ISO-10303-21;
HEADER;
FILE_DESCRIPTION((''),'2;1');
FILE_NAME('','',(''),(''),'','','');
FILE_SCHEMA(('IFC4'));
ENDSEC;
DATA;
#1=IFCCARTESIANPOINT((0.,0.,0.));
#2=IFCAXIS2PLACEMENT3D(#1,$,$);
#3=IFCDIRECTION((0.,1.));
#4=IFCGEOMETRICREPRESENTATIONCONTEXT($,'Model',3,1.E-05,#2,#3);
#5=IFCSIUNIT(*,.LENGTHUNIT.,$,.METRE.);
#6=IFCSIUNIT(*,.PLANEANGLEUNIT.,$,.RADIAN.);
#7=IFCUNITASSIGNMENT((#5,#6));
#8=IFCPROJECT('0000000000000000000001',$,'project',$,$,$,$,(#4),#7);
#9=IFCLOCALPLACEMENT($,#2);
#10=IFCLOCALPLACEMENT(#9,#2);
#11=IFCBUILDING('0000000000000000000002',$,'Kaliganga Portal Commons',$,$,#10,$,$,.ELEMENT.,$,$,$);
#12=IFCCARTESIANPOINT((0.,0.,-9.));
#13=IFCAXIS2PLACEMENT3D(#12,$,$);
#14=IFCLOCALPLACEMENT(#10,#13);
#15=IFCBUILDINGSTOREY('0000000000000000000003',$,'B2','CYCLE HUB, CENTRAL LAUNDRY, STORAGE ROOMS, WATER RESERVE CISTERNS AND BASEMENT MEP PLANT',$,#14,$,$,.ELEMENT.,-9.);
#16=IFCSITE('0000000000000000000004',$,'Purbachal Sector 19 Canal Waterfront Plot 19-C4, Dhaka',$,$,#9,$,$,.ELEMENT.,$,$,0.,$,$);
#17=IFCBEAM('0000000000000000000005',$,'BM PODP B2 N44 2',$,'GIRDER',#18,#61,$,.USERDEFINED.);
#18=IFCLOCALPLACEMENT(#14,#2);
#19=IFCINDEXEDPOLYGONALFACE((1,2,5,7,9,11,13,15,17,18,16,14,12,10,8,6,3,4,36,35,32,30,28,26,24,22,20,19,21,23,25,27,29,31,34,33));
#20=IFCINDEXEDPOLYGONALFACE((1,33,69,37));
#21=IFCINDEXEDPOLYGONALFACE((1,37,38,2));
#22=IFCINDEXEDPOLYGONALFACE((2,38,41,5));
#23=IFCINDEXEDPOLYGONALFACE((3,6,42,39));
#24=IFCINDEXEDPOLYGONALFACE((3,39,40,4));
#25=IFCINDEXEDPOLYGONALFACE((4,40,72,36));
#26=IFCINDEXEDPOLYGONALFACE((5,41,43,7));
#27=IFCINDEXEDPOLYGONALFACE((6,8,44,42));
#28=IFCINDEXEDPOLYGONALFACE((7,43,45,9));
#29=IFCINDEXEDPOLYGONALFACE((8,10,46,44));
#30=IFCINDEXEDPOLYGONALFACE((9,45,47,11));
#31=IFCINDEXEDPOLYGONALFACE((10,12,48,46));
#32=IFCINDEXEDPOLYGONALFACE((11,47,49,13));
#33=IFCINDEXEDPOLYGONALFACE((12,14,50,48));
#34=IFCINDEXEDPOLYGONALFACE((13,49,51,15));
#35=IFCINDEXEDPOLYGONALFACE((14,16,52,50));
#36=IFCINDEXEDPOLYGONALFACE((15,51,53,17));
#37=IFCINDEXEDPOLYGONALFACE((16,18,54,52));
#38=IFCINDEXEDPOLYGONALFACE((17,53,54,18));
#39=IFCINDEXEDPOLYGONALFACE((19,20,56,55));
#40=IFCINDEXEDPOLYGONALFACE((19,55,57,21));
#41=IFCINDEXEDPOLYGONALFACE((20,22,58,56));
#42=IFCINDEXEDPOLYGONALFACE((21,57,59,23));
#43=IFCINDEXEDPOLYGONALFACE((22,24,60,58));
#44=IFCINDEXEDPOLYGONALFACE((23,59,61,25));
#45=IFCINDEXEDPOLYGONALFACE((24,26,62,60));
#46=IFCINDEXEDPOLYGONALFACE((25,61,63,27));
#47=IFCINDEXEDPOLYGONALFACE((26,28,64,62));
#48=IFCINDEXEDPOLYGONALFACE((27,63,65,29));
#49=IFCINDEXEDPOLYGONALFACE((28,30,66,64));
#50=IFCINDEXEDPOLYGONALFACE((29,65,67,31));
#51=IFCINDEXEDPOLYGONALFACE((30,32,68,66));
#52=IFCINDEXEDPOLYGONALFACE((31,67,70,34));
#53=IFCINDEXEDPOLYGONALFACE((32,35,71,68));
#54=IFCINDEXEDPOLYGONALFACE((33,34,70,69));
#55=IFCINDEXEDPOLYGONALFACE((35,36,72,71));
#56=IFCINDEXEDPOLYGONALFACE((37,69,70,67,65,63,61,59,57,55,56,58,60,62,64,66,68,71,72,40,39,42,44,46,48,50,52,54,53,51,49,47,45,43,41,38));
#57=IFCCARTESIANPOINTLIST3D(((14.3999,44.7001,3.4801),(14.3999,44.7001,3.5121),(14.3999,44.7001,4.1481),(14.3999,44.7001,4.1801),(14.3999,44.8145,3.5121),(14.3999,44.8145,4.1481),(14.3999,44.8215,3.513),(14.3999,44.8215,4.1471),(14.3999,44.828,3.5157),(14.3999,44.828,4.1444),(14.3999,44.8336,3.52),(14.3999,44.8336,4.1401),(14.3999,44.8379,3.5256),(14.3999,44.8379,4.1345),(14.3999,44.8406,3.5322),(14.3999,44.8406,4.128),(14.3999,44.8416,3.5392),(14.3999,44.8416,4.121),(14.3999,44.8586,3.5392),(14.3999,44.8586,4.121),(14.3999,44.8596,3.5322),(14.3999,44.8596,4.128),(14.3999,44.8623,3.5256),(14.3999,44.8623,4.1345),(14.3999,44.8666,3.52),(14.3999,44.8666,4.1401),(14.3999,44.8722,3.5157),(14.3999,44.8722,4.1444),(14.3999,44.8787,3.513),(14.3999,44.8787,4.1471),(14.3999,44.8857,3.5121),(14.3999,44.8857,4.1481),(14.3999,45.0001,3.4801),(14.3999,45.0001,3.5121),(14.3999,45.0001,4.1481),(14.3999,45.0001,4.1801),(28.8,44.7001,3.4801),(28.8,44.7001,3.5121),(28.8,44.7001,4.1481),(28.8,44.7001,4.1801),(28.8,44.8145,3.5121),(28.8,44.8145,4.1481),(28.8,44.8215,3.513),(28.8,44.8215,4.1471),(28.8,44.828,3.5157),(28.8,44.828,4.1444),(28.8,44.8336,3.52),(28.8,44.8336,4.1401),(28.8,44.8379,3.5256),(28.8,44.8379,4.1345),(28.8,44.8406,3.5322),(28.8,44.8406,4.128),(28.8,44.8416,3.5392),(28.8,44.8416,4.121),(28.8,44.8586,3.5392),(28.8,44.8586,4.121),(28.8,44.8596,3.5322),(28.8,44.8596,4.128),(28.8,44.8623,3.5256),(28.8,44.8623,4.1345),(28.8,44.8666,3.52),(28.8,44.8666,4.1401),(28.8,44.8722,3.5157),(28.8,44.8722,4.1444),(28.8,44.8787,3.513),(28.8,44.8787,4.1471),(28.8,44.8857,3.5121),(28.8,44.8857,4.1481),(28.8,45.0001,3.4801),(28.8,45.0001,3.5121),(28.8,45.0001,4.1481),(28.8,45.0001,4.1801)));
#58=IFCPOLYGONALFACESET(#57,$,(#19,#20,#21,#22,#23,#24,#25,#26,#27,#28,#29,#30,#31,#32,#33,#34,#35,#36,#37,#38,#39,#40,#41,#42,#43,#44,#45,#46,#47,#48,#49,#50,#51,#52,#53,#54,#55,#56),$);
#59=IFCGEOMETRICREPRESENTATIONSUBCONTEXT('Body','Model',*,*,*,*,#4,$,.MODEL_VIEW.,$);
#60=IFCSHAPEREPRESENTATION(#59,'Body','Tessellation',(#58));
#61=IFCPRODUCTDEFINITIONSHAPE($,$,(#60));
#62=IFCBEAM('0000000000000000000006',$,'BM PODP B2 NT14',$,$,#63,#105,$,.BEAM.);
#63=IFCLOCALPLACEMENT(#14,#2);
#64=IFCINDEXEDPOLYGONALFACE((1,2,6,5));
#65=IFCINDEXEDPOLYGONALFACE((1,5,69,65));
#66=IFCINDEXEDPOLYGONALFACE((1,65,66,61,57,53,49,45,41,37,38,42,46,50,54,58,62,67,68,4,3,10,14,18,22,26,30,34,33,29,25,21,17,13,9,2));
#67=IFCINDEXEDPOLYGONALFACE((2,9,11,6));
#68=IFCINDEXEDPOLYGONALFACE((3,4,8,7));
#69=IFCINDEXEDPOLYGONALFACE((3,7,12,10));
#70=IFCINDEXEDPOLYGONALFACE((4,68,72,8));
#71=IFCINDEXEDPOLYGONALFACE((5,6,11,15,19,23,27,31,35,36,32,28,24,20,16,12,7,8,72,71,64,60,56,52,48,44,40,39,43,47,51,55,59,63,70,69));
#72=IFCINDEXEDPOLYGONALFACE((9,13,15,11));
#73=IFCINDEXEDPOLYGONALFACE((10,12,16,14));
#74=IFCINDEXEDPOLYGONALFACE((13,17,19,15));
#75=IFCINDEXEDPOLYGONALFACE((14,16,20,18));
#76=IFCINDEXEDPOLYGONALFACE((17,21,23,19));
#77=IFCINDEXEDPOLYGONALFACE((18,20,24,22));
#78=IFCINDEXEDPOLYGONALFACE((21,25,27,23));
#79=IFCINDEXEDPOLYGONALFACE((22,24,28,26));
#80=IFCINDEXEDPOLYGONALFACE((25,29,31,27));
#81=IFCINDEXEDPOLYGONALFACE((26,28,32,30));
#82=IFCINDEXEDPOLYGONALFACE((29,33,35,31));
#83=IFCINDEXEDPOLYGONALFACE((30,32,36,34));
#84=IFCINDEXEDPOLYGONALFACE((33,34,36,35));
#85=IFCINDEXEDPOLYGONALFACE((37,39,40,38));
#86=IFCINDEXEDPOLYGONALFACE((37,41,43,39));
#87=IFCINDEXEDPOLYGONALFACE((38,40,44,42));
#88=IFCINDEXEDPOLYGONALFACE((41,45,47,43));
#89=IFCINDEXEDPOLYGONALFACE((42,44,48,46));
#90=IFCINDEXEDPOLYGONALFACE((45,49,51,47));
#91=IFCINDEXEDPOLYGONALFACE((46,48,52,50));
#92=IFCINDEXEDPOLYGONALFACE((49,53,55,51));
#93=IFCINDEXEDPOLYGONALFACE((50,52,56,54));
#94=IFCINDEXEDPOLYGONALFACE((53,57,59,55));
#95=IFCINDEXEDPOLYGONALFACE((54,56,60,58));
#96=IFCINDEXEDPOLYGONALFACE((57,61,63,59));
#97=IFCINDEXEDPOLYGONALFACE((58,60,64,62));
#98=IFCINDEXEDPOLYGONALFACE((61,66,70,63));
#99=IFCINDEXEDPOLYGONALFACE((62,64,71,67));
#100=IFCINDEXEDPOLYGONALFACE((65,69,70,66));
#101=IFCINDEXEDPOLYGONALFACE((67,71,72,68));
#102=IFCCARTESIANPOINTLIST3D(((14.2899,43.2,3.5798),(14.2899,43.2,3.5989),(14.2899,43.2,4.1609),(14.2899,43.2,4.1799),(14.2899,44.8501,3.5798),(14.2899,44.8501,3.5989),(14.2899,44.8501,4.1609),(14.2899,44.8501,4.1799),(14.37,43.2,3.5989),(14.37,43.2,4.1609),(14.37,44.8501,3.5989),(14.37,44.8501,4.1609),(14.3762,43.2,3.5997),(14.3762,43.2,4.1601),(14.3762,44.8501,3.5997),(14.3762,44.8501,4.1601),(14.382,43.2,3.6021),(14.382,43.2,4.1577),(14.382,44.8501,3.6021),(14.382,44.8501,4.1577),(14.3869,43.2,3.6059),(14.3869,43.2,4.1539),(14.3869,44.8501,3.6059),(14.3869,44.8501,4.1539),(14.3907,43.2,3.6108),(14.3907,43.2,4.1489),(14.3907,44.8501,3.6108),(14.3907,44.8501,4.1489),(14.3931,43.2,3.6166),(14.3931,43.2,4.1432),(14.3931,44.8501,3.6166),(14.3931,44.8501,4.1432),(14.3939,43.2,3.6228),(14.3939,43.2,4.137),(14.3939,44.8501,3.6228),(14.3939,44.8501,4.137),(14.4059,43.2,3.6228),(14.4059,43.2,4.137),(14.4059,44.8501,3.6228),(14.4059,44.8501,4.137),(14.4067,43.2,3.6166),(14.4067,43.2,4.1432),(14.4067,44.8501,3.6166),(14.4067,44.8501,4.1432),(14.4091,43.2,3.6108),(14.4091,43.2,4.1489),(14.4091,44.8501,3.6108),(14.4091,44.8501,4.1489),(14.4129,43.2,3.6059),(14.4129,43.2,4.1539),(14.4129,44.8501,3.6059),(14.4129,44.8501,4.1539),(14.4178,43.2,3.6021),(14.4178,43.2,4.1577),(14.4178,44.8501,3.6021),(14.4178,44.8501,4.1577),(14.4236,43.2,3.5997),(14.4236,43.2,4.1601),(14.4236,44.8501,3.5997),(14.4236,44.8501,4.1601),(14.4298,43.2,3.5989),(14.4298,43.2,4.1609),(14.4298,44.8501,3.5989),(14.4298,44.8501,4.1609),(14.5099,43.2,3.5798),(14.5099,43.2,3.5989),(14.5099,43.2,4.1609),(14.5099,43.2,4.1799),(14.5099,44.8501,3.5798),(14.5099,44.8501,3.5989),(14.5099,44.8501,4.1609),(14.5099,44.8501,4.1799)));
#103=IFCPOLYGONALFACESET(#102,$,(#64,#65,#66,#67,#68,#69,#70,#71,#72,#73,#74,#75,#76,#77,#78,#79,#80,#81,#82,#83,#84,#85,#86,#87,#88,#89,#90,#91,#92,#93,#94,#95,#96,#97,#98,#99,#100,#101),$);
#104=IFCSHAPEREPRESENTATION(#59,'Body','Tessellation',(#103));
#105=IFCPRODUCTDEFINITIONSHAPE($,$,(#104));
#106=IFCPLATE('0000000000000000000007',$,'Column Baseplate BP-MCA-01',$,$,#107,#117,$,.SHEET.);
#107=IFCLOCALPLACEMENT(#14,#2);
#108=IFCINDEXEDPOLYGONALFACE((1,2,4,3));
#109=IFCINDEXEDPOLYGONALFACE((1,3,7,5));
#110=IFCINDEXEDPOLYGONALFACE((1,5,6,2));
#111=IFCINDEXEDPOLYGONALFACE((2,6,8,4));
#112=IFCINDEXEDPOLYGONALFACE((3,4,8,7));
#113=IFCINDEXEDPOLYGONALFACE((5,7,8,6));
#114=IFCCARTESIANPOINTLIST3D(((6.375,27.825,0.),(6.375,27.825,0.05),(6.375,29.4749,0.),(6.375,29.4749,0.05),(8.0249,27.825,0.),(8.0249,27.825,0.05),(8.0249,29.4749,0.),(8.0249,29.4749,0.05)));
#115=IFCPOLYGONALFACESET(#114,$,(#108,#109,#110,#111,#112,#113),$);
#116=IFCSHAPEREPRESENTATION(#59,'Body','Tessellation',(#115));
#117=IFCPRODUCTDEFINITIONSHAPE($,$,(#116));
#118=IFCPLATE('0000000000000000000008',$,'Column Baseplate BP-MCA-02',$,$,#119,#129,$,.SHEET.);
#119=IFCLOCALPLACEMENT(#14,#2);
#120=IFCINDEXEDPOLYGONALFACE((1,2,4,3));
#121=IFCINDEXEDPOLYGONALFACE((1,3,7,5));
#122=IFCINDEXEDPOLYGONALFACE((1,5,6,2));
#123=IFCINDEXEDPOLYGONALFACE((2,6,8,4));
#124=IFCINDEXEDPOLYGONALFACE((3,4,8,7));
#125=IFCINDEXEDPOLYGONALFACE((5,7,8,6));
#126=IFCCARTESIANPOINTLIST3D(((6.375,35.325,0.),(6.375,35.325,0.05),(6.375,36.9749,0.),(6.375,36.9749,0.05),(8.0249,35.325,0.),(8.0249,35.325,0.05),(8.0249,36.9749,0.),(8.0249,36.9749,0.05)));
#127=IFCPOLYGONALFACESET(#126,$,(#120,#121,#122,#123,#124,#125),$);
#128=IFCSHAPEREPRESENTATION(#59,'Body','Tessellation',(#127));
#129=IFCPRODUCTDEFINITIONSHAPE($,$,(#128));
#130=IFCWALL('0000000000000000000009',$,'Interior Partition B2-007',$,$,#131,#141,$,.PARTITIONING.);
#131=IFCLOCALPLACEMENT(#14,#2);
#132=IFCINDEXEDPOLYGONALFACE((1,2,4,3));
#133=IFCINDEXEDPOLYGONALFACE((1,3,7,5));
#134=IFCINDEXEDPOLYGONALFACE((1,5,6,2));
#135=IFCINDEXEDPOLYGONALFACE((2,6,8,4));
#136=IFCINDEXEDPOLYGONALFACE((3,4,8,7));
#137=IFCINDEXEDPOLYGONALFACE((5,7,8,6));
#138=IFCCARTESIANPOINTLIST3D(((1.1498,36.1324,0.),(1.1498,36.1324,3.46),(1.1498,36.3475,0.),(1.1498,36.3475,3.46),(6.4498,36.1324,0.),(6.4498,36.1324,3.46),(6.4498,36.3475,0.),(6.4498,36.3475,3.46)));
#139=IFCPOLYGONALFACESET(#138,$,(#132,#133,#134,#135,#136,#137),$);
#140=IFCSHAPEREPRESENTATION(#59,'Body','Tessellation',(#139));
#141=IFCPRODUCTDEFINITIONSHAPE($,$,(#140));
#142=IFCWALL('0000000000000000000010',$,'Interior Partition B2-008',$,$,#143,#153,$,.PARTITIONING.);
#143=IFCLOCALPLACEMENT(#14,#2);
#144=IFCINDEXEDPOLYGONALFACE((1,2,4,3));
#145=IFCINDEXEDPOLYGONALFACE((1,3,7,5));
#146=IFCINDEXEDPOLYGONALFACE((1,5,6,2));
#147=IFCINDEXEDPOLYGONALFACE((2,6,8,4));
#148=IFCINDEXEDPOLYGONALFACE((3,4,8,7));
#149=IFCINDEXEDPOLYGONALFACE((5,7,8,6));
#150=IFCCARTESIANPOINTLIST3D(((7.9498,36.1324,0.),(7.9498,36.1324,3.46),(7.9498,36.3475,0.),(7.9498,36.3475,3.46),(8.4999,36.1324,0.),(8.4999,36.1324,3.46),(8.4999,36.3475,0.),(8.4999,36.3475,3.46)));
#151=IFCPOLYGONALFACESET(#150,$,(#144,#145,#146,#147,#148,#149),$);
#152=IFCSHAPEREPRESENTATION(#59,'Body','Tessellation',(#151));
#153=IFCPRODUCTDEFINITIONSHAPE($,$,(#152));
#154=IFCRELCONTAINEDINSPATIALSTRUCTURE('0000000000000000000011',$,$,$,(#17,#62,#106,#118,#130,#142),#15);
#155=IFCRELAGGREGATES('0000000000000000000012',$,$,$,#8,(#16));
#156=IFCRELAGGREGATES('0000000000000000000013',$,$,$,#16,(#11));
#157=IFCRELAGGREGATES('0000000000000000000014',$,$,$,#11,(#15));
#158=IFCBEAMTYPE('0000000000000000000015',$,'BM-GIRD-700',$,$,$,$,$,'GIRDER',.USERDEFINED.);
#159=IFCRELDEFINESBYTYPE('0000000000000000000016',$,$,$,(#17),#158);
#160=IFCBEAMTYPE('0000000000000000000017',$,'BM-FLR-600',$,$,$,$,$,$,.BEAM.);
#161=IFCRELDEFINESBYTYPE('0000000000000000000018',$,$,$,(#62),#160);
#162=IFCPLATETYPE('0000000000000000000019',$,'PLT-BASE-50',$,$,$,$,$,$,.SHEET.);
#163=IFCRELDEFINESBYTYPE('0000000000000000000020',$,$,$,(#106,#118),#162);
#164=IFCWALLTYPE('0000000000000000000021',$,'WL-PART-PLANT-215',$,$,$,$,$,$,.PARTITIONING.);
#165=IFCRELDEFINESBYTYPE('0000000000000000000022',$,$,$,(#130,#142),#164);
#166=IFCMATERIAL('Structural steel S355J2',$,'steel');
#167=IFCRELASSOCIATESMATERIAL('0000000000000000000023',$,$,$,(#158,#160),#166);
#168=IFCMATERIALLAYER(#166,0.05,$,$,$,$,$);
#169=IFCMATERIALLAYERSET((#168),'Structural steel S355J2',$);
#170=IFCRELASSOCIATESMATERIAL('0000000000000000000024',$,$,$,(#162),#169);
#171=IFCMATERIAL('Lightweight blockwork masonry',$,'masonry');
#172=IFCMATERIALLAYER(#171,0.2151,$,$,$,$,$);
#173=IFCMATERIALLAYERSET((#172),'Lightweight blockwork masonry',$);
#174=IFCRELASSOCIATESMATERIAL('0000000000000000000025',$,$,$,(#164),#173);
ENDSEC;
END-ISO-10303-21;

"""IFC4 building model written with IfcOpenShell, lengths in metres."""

from ifc_helpers import new_model, si_unit, direction, frame, frame_2d, origin, origin_2d, place, context, subcontext, project, spatial, rectangle, i_section, extrude, source, transform, mapped, material, layer, layer_set, material_profile, profile_set, type_object, element, save


model = new_model("IFC4")

# Units and contexts
model_context = context("Model", 3, precision=1e-05, world=origin(), true_north=direction((0.0, 1.0)))
body_context = subcontext(model_context, "Body", "Model", "MODEL_VIEW")
ifc_project = project(units=[si_unit("LENGTHUNIT", "METRE"), si_unit("PLANEANGLEUNIT", "RADIAN")], contexts=[model_context])

# Site, building, storey
site_placement = place(None, origin())
site = spatial("IfcSite", under=ifc_project, at=site_placement, Name="Purbachal Sector 19 Canal Waterfront Plot 19-C4, Dhaka", CompositionType="ELEMENT", RefElevation=0.0)
building_placement = place(site_placement, origin())
building = spatial("IfcBuilding", under=site, at=building_placement, Name="Kaliganga Portal Commons", CompositionType="ELEMENT")
storey_placement = place(building_placement, frame((0.0, 0.0, -9.0)))
storey = spatial("IfcBuildingStorey", under=building, at=storey_placement, Name="B2", Description="CYCLE HUB, CENTRAL LAUNDRY, STORAGE ROOMS, WATER RESERVE CISTERNS AND BASEMENT MEP PLANT", CompositionType="ELEMENT", Elevation=-9.0)

# Beams
ifc_material_1 = material(Name="Structural steel S355J2", Category="steel")
ifc_material_profile_1 = material_profile(ifc_material_1, i_section(OverallWidth=0.3, OverallDepth=0.7, WebThickness=0.0171, FlangeThickness=0.032, FilletRadius=0.0271, at=origin_2d()), Name="HE 700 B")
ifc_profile_set_1 = profile_set([ifc_material_profile_1], Name="Structural steel S355J2 wide-flange")
beam_type_1 = type_object("IfcBeamType", Name="BM-GIRD-700", ElementType="GIRDER", PredefinedType="USERDEFINED", material=ifc_profile_set_1)
ifc_material_profile_2 = material_profile(ifc_material_1, i_section(OverallWidth=0.22, OverallDepth=0.6001, WebThickness=0.012, FlangeThickness=0.019, FilletRadius=0.0239, at=origin_2d()), Name="IPE 600")
ifc_profile_set_2 = profile_set([ifc_material_profile_2], Name="Structural steel S355J2 wide-flange")
beam_type_2 = type_object("IfcBeamType", Name="BM-FLR-600", PredefinedType="BEAM", material=ifc_profile_set_2)
shared_shape_1 = source(origin(), body_context, "Body", "SweptSolid", [
    extrude(i_section(OverallWidth=0.3, OverallDepth=0.7, WebThickness=0.0171, FlangeThickness=0.032, FilletRadius=0.0271, at=origin_2d()), origin(), (0.0, 0.0, 1.0), 14.4001),
])
beam_1_placement = place(storey_placement, frame((14.3999, 44.8501, 3.8301), z_axis=(1.0, 0.0, 0.0), x_axis=(0.0, 1.0, 0.0)))
element("IfcBeam", 1, at=beam_1_placement, inside=storey, type_object=beam_type_1, Name="BM PODP B2 N44 2", ObjectType="GIRDER", PredefinedType="USERDEFINED", context=body_context, shape_type="MappedRepresentation", body=[
    mapped(shared_shape_1, transform((0.0, 0.0, 0.0), x_axis=(1.0, 0.0, 0.0), y_axis=(0.0, 1.0, 0.0), z_axis=(0.0, 0.0, 1.0), scale=1.0)),
])
shared_shape_2 = source(origin(), body_context, "Body", "SweptSolid", [
    extrude(i_section(OverallWidth=0.22, OverallDepth=0.6001, WebThickness=0.012, FlangeThickness=0.019, FilletRadius=0.0239, at=origin_2d()), origin(), (0.0, 0.0, 1.0), 1.6501),
])
beam_2_placement = place(storey_placement, frame((14.3999, 43.2, 3.8799), z_axis=(0.0, 1.0, 0.0), x_axis=(-1.0, 0.0, 0.0)))
element("IfcBeam", 2, at=beam_2_placement, inside=storey, type_object=beam_type_2, Name="BM PODP B2 NT14", PredefinedType="BEAM", context=body_context, shape_type="MappedRepresentation", body=[
    mapped(shared_shape_2, transform((0.0, 0.0, 0.0), x_axis=(1.0, 0.0, 0.0), y_axis=(0.0, 1.0, 0.0), z_axis=(0.0, 0.0, 1.0), scale=1.0)),
])

# Plates
ifc_layer_1 = layer(ifc_material_1, 0.05)
ifc_layer_set_1 = layer_set([ifc_layer_1], Name="Structural steel S355J2")
plate_type = type_object("IfcPlateType", Name="PLT-BASE-50", PredefinedType="SHEET", material=ifc_layer_set_1)
shared_shape_3 = source(origin(), body_context, "Body", "SweptSolid", [
    extrude(rectangle(XDim=1.6499, YDim=1.6499, at=origin_2d()), origin(), (0.0, 0.0, 1.0), 0.05),
])
for number, where, z_axis, x_axis, name in (
    (3, (7.2, 28.6499, 0.0), (0.0, 0.0, 1.0), (1.0, 0.0, 0.0), "Column Baseplate BP-MCA-01"),
    (4, (7.2, 36.1499, 0.0), (0.0, 0.0, 1.0), (1.0, 0.0, 0.0), "Column Baseplate BP-MCA-02"),
):
    element("IfcPlate", number, at=place(storey_placement, frame(where, z_axis=z_axis, x_axis=x_axis)), inside=storey, type_object=plate_type, Name=name, PredefinedType="SHEET", context=body_context, shape_type="MappedRepresentation", body=[
        mapped(shared_shape_3, transform((0.0, 0.0, 0.0), x_axis=(1.0, 0.0, 0.0), y_axis=(0.0, 1.0, 0.0), z_axis=(0.0, 0.0, 1.0), scale=1.0)),
    ])

# Walls
ifc_material_2 = material(Name="Lightweight blockwork masonry", Category="masonry")
ifc_layer_2 = layer(ifc_material_2, 0.2151)
ifc_layer_set_2 = layer_set([ifc_layer_2], Name="Lightweight blockwork masonry")
wall_type = type_object("IfcWallType", Name="WL-PART-PLANT-215", PredefinedType="PARTITIONING", material=ifc_layer_set_2)
wall_1_placement = place(storey_placement, frame((1.1499, 36.24, 0.0), z_axis=(0.0, 0.0, 1.0), x_axis=(1.0, 0.0, 0.0)))
element("IfcWall", 5, at=wall_1_placement, inside=storey, type_object=wall_type, Name="Interior Partition B2-007", PredefinedType="PARTITIONING", context=body_context, shape_type="SweptSolid", body=[
    extrude(rectangle(XDim=5.3, YDim=0.2151, at=frame_2d((2.6499, 0.0))), origin(), (0.0, 0.0, 1.0), 3.46),
])
wall_2_placement = place(storey_placement, frame((7.95, 36.24, 0.0), z_axis=(0.0, 0.0, 1.0), x_axis=(1.0, 0.0, 0.0)))
element("IfcWall", 6, at=wall_2_placement, inside=storey, type_object=wall_type, Name="Interior Partition B2-008", PredefinedType="PARTITIONING", context=body_context, shape_type="SweptSolid", body=[
    extrude(rectangle(XDim=0.55, YDim=0.2151, at=frame_2d((0.2749, 0.0))), origin(), (0.0, 0.0, 1.0), 3.46),
])

save(model, "model.ifc")
